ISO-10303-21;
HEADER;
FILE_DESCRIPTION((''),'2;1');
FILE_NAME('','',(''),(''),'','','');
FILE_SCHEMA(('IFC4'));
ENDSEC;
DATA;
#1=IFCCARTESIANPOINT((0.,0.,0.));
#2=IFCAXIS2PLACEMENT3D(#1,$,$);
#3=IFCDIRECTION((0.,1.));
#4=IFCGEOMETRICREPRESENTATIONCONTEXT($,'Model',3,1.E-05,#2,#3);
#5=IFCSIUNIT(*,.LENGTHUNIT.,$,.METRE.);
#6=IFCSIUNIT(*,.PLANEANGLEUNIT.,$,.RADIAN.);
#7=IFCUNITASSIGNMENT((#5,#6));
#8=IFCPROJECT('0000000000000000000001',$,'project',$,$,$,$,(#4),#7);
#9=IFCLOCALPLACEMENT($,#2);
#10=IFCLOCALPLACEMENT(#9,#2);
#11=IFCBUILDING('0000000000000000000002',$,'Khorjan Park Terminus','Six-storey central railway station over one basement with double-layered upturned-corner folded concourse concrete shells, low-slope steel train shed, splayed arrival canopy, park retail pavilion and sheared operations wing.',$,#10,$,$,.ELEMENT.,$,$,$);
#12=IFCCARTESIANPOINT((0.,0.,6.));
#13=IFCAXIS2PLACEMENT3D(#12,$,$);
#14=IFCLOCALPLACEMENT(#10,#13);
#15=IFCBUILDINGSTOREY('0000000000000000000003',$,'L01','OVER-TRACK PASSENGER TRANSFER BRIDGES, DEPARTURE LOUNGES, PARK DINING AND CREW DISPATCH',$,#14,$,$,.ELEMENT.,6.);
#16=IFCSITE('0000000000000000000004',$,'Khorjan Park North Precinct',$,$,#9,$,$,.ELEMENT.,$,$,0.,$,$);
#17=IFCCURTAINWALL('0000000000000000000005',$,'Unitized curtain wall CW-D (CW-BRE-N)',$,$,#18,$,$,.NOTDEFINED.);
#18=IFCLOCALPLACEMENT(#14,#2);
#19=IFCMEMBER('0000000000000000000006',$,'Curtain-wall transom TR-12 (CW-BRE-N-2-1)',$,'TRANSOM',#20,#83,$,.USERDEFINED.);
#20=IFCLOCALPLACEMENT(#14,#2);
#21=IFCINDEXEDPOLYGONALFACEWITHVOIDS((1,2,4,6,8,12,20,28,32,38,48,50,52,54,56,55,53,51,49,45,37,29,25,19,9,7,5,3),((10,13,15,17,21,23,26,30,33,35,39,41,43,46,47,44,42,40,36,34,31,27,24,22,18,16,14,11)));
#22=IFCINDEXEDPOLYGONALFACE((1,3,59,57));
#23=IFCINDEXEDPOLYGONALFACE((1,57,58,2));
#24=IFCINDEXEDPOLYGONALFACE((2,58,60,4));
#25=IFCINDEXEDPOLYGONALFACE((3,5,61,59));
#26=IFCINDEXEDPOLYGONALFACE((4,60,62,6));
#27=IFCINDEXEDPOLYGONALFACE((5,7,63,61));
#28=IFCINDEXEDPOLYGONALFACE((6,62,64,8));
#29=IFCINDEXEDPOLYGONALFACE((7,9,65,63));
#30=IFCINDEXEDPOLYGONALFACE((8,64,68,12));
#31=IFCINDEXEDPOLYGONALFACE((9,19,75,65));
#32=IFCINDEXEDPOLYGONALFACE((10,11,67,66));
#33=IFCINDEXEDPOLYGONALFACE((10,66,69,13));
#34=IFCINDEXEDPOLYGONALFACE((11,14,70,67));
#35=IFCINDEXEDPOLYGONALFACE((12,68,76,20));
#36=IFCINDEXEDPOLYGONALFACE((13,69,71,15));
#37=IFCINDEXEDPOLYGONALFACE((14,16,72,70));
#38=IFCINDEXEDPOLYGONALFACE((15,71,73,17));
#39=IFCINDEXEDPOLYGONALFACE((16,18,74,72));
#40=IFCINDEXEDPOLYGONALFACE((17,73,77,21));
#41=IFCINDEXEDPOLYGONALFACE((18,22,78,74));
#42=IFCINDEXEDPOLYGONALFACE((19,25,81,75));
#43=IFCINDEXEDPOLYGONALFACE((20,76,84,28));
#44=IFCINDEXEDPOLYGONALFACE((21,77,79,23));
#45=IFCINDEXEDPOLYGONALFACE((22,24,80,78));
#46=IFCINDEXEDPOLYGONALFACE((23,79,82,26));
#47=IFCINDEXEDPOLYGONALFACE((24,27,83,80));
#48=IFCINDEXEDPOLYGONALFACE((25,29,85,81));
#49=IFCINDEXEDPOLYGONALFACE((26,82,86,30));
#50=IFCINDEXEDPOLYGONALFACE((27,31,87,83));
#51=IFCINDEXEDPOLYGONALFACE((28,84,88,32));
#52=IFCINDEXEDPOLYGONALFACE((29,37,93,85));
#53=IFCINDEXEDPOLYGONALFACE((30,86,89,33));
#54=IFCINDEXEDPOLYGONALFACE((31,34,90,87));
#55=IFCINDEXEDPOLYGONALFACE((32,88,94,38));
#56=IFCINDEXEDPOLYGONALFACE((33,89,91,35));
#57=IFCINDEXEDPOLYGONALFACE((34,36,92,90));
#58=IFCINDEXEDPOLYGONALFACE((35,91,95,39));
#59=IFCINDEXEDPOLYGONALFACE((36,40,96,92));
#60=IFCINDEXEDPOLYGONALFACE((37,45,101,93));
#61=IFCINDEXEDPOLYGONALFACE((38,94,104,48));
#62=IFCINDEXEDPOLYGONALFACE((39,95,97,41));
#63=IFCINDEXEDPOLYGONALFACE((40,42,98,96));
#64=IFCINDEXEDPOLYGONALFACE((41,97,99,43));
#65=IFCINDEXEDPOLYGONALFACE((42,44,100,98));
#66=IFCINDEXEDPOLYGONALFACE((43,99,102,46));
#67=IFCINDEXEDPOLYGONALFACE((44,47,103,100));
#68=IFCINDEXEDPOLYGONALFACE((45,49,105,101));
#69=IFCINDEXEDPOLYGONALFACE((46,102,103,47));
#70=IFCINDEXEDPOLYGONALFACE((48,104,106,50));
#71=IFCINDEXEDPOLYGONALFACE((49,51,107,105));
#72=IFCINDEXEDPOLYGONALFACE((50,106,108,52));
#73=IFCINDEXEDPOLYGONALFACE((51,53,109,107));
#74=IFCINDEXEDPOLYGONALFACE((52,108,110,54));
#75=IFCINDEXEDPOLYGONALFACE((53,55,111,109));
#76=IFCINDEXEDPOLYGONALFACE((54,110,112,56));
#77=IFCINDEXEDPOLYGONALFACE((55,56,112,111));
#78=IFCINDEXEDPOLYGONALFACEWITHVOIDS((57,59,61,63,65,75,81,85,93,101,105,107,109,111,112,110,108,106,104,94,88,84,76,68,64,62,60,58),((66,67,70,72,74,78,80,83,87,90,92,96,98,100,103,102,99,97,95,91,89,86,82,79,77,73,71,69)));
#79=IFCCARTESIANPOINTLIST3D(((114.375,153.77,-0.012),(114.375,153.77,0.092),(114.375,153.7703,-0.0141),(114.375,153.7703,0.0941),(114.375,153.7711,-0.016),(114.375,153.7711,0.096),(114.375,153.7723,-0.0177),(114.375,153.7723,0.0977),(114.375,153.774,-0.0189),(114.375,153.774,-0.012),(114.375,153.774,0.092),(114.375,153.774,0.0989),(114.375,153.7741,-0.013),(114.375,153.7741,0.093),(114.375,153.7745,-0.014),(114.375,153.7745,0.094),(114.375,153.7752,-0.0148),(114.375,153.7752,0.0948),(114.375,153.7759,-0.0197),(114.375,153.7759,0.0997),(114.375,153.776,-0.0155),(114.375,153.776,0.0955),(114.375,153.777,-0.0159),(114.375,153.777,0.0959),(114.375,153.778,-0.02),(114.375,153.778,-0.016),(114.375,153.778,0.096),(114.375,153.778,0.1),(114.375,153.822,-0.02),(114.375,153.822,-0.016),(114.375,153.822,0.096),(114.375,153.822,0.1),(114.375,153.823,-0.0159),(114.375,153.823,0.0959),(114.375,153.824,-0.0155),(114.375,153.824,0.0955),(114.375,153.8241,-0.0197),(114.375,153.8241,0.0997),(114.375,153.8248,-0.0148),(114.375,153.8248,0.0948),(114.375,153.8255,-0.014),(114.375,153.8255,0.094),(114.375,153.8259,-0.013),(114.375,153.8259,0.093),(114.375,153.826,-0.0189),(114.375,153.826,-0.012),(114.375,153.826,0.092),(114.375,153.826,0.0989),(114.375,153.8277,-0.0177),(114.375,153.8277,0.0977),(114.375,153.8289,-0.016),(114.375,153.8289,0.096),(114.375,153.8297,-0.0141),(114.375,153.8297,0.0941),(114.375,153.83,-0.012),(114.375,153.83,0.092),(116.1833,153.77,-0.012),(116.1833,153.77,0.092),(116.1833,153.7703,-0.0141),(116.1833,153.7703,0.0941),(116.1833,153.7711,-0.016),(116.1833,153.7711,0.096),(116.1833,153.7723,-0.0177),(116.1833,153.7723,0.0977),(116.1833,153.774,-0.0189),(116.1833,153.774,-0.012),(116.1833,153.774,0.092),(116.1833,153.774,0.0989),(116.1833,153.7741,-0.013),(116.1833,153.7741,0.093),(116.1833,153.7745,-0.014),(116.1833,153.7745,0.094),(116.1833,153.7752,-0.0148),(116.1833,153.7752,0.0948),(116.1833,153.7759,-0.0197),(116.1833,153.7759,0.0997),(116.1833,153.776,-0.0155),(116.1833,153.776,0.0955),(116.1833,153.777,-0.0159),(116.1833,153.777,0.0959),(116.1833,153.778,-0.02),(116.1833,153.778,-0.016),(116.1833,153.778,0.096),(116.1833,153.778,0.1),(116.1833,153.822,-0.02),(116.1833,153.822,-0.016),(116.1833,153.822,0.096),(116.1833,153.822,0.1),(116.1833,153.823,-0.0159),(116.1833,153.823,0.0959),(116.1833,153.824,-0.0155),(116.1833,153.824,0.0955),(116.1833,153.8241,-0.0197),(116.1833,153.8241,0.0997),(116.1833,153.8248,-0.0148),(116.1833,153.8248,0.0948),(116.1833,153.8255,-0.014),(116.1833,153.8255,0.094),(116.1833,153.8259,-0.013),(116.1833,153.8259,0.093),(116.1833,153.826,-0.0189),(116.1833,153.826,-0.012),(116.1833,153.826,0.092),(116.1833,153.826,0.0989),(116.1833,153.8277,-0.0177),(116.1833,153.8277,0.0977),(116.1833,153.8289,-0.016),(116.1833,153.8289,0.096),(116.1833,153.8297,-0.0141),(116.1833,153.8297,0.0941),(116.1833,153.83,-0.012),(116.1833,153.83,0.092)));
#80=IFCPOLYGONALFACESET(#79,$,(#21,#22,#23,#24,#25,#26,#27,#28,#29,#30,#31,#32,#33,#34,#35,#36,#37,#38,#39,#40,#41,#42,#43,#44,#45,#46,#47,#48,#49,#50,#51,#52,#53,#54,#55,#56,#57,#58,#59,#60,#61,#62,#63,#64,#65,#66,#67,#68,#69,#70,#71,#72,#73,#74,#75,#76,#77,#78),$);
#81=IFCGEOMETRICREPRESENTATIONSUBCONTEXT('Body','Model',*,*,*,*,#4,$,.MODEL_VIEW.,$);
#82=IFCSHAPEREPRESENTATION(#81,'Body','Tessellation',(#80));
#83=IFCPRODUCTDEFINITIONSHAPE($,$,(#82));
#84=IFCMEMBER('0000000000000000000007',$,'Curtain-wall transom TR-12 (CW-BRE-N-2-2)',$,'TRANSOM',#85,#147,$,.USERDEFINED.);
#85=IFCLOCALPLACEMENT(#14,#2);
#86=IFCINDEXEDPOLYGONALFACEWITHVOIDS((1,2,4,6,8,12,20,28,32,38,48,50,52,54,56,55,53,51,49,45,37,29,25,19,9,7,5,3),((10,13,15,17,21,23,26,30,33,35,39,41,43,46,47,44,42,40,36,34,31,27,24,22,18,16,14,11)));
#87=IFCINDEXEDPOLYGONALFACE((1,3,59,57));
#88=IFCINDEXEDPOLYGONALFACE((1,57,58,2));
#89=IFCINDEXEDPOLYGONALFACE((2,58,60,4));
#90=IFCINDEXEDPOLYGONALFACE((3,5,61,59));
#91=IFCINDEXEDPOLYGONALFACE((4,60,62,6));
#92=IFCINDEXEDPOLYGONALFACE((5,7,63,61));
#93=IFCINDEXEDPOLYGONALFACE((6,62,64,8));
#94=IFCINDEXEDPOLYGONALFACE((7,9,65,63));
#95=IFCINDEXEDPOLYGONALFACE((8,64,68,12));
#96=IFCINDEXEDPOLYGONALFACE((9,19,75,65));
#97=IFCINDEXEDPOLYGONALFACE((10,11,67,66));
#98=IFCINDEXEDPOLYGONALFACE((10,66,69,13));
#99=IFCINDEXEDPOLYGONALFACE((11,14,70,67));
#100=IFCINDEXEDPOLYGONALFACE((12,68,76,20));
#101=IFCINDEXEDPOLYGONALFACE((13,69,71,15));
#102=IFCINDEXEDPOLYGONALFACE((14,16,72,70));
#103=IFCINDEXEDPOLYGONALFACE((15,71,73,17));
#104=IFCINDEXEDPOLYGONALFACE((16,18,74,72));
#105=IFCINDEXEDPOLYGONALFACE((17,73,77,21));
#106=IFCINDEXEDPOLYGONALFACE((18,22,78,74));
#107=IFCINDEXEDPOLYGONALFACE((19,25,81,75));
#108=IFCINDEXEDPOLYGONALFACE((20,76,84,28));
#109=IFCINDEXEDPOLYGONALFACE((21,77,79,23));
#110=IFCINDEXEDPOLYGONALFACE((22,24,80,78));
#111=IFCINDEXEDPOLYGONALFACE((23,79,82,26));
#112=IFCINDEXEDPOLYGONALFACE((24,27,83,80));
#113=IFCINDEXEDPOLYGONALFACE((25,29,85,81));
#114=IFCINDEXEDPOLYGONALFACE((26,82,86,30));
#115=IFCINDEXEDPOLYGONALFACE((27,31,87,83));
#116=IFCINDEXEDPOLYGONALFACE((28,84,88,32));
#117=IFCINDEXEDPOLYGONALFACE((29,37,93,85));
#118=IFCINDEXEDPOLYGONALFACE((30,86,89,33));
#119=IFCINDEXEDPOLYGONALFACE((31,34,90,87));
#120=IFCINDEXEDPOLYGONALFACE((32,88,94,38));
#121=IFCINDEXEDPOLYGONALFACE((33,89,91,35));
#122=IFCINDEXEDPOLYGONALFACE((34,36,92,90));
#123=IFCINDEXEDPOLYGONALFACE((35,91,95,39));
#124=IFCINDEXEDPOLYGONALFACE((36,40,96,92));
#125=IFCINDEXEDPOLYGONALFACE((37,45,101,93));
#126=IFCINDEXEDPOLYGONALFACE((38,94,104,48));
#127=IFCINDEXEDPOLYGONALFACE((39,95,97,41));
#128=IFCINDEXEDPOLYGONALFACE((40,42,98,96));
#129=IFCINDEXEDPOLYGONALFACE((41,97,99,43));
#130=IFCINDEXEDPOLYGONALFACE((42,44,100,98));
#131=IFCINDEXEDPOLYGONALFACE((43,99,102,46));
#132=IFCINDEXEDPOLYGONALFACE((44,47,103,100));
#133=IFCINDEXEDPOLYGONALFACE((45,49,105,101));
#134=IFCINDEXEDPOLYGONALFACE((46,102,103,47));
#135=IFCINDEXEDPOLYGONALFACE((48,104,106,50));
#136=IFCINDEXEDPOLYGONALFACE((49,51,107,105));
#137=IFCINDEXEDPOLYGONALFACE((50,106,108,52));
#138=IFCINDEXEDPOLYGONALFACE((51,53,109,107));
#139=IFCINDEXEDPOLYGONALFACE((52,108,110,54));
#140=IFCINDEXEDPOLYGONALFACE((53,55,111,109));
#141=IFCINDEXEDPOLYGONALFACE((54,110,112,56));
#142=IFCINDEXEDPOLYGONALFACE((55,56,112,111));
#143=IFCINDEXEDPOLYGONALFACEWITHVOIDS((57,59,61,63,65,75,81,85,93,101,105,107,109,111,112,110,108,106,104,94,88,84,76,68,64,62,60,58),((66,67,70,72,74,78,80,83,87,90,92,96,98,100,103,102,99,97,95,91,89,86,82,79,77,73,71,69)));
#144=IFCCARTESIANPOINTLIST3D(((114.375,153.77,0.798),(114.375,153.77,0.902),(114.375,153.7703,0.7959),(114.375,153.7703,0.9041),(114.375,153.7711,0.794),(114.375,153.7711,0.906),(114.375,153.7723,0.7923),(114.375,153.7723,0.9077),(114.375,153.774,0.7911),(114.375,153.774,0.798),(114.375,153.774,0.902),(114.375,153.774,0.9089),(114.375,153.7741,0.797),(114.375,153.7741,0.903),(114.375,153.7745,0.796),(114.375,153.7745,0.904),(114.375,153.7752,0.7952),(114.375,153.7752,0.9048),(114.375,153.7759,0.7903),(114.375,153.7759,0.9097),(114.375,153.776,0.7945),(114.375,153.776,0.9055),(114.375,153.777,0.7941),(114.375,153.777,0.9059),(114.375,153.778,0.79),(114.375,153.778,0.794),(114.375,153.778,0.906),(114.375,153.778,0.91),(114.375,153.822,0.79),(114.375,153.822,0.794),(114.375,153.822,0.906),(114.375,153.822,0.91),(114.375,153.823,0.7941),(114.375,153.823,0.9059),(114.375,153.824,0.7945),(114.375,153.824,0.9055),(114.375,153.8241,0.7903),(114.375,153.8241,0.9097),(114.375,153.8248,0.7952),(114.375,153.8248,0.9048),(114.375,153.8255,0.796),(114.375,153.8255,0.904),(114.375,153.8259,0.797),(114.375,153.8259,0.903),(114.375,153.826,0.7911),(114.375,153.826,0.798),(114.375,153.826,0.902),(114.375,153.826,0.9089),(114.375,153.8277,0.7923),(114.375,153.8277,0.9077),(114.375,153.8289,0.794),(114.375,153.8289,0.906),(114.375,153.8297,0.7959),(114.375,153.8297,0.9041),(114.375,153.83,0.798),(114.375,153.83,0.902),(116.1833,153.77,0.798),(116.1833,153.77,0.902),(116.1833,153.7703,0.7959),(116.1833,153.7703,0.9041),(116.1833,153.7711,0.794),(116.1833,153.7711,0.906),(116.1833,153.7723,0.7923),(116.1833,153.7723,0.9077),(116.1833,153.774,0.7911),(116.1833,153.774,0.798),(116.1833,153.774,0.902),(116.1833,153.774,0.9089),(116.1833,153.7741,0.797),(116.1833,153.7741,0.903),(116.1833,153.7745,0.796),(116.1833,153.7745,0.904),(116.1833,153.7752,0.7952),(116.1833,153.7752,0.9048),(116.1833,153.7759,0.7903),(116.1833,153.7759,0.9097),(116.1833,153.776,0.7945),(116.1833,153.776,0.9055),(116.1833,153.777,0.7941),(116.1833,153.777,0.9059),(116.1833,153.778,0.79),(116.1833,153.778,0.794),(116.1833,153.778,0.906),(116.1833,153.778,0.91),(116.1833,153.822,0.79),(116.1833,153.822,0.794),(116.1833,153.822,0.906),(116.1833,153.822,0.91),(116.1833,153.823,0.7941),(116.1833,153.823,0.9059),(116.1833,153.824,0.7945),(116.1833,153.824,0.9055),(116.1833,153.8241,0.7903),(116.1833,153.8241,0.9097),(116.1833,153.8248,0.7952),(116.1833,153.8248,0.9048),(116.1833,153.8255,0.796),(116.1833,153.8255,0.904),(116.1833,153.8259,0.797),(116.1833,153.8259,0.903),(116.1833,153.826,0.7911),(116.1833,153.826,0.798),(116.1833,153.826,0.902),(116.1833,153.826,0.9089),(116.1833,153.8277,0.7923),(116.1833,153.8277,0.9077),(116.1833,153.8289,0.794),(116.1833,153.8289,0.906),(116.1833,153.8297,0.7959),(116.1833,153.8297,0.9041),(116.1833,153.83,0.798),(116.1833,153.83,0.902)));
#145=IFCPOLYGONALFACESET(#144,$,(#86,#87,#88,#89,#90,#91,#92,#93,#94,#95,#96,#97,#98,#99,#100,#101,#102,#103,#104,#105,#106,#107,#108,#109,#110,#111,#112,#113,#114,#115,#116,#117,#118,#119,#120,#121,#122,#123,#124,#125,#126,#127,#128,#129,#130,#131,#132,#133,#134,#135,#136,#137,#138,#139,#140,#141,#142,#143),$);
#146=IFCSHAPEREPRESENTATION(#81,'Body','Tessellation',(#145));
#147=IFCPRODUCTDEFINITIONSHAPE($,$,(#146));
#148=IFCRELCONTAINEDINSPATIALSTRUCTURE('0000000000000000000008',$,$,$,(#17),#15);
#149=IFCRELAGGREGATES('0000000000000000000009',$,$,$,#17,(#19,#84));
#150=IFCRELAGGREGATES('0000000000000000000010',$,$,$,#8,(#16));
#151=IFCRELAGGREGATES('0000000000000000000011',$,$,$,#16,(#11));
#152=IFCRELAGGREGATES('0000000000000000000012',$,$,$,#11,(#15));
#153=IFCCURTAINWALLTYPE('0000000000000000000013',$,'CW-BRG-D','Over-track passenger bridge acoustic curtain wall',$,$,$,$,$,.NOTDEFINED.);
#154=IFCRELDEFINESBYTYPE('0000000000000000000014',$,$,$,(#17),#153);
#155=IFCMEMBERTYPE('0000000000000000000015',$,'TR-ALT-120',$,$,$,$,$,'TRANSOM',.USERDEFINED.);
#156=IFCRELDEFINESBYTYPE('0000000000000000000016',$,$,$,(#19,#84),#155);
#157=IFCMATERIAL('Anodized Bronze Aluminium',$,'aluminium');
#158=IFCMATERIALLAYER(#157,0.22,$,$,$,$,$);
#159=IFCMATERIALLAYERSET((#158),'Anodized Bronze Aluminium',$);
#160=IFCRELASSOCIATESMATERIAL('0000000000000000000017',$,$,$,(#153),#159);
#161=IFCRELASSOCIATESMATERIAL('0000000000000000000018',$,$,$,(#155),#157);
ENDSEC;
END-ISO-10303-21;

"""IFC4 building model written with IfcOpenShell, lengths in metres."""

from ifc_helpers import new_model, si_unit, direction, frame, origin, origin_2d, place, context, subcontext, project, spatial, hollow_rectangle, extrude, material, layer, layer_set, material_profile, profile_set, type_object, element, aggregate, save


model = new_model("IFC4")

# Units and contexts
model_context = context("Model", 3, precision=1e-05, world=origin(), true_north=direction((0.0, 1.0)))
body_context = subcontext(model_context, "Body", "Model", "MODEL_VIEW")
ifc_project = project(units=[si_unit("LENGTHUNIT", "METRE"), si_unit("PLANEANGLEUNIT", "RADIAN")], contexts=[model_context])

# Site, building, storey
site_placement = place(None, origin())
site = spatial("IfcSite", under=ifc_project, at=site_placement, Name="Khorjan Park North Precinct", CompositionType="ELEMENT", RefElevation=0.0)
building_placement = place(site_placement, origin())
building = spatial("IfcBuilding", under=site, at=building_placement, Name="Khorjan Park Terminus", Description="Six-storey central railway station over one basement with double-layered upturned-corner folded concourse concrete shells, low-slope steel train shed, splayed arrival canopy, park retail pavilion and sheared operations wing.", CompositionType="ELEMENT")
storey_placement = place(building_placement, frame((0.0, 0.0, 6.0)))
storey = spatial("IfcBuildingStorey", under=building, at=storey_placement, Name="L01", Description="OVER-TRACK PASSENGER TRANSFER BRIDGES, DEPARTURE LOUNGES, PARK DINING AND CREW DISPATCH", CompositionType="ELEMENT", Elevation=6.0)

# Curtain wall, members
ifc_material_1 = material(Name="Anodized Bronze Aluminium", Category="aluminium")
ifc_layer_1 = layer(ifc_material_1, 0.22)
ifc_layer_set_1 = layer_set([ifc_layer_1], Name="Anodized Bronze Aluminium")
curtain_wall_type = type_object("IfcCurtainWallType", Name="CW-BRG-D", Description="Over-track passenger bridge acoustic curtain wall", PredefinedType="NOTDEFINED", material=ifc_layer_set_1)
curtain_wall_placement = place(storey_placement, origin())
curtain_wall = element("IfcCurtainWall", 1, at=curtain_wall_placement, inside=storey, type_object=curtain_wall_type, Name="Unitized curtain wall CW-D (CW-BRE-N)", PredefinedType="NOTDEFINED")
ifc_material_profile_1 = material_profile(ifc_material_1, hollow_rectangle(XDim=0.06, YDim=0.12, WallThickness=0.004, InnerFilletRadius=0.004, OuterFilletRadius=0.008, at=origin_2d()), Name="ALT 60x120x4")
ifc_profile_set_1 = profile_set([ifc_material_profile_1], Name="Anodized Bronze Aluminium")
member_type_1 = type_object("IfcMemberType", Name="TR-ALT-120", ElementType="TRANSOM", PredefinedType="USERDEFINED", material=ifc_profile_set_1)
member_1_placement = place(storey_placement, frame((116.1833, 153.8, 0.04), z_axis=(-1.0, 0.0, 0.0), x_axis=(0.0, -1.0, 0.0)))
member_1 = element("IfcMember", 2, at=member_1_placement, type_object=member_type_1, Name="Curtain-wall transom TR-12 (CW-BRE-N-2-1)", ObjectType="TRANSOM", PredefinedType="USERDEFINED", context=body_context, shape_type="SweptSolid", body=[
    extrude(hollow_rectangle(XDim=0.06, YDim=0.12, WallThickness=0.004, InnerFilletRadius=0.004, OuterFilletRadius=0.008, at=origin_2d()), origin(), (0.0, 0.0, 1.0), 1.8083),
])
member_2_placement = place(storey_placement, frame((116.1833, 153.8, 0.85), z_axis=(-1.0, 0.0, 0.0), x_axis=(0.0, -1.0, 0.0)))
member_2 = element("IfcMember", 3, at=member_2_placement, type_object=member_type_1, Name="Curtain-wall transom TR-12 (CW-BRE-N-2-2)", ObjectType="TRANSOM", PredefinedType="USERDEFINED", context=body_context, shape_type="SweptSolid", body=[
    extrude(hollow_rectangle(XDim=0.06, YDim=0.12, WallThickness=0.004, InnerFilletRadius=0.004, OuterFilletRadius=0.008, at=origin_2d()), origin(), (0.0, 0.0, 1.0), 1.8083),
])
aggregate(curtain_wall, [member_1, member_2])

save(model, "model.ifc")
